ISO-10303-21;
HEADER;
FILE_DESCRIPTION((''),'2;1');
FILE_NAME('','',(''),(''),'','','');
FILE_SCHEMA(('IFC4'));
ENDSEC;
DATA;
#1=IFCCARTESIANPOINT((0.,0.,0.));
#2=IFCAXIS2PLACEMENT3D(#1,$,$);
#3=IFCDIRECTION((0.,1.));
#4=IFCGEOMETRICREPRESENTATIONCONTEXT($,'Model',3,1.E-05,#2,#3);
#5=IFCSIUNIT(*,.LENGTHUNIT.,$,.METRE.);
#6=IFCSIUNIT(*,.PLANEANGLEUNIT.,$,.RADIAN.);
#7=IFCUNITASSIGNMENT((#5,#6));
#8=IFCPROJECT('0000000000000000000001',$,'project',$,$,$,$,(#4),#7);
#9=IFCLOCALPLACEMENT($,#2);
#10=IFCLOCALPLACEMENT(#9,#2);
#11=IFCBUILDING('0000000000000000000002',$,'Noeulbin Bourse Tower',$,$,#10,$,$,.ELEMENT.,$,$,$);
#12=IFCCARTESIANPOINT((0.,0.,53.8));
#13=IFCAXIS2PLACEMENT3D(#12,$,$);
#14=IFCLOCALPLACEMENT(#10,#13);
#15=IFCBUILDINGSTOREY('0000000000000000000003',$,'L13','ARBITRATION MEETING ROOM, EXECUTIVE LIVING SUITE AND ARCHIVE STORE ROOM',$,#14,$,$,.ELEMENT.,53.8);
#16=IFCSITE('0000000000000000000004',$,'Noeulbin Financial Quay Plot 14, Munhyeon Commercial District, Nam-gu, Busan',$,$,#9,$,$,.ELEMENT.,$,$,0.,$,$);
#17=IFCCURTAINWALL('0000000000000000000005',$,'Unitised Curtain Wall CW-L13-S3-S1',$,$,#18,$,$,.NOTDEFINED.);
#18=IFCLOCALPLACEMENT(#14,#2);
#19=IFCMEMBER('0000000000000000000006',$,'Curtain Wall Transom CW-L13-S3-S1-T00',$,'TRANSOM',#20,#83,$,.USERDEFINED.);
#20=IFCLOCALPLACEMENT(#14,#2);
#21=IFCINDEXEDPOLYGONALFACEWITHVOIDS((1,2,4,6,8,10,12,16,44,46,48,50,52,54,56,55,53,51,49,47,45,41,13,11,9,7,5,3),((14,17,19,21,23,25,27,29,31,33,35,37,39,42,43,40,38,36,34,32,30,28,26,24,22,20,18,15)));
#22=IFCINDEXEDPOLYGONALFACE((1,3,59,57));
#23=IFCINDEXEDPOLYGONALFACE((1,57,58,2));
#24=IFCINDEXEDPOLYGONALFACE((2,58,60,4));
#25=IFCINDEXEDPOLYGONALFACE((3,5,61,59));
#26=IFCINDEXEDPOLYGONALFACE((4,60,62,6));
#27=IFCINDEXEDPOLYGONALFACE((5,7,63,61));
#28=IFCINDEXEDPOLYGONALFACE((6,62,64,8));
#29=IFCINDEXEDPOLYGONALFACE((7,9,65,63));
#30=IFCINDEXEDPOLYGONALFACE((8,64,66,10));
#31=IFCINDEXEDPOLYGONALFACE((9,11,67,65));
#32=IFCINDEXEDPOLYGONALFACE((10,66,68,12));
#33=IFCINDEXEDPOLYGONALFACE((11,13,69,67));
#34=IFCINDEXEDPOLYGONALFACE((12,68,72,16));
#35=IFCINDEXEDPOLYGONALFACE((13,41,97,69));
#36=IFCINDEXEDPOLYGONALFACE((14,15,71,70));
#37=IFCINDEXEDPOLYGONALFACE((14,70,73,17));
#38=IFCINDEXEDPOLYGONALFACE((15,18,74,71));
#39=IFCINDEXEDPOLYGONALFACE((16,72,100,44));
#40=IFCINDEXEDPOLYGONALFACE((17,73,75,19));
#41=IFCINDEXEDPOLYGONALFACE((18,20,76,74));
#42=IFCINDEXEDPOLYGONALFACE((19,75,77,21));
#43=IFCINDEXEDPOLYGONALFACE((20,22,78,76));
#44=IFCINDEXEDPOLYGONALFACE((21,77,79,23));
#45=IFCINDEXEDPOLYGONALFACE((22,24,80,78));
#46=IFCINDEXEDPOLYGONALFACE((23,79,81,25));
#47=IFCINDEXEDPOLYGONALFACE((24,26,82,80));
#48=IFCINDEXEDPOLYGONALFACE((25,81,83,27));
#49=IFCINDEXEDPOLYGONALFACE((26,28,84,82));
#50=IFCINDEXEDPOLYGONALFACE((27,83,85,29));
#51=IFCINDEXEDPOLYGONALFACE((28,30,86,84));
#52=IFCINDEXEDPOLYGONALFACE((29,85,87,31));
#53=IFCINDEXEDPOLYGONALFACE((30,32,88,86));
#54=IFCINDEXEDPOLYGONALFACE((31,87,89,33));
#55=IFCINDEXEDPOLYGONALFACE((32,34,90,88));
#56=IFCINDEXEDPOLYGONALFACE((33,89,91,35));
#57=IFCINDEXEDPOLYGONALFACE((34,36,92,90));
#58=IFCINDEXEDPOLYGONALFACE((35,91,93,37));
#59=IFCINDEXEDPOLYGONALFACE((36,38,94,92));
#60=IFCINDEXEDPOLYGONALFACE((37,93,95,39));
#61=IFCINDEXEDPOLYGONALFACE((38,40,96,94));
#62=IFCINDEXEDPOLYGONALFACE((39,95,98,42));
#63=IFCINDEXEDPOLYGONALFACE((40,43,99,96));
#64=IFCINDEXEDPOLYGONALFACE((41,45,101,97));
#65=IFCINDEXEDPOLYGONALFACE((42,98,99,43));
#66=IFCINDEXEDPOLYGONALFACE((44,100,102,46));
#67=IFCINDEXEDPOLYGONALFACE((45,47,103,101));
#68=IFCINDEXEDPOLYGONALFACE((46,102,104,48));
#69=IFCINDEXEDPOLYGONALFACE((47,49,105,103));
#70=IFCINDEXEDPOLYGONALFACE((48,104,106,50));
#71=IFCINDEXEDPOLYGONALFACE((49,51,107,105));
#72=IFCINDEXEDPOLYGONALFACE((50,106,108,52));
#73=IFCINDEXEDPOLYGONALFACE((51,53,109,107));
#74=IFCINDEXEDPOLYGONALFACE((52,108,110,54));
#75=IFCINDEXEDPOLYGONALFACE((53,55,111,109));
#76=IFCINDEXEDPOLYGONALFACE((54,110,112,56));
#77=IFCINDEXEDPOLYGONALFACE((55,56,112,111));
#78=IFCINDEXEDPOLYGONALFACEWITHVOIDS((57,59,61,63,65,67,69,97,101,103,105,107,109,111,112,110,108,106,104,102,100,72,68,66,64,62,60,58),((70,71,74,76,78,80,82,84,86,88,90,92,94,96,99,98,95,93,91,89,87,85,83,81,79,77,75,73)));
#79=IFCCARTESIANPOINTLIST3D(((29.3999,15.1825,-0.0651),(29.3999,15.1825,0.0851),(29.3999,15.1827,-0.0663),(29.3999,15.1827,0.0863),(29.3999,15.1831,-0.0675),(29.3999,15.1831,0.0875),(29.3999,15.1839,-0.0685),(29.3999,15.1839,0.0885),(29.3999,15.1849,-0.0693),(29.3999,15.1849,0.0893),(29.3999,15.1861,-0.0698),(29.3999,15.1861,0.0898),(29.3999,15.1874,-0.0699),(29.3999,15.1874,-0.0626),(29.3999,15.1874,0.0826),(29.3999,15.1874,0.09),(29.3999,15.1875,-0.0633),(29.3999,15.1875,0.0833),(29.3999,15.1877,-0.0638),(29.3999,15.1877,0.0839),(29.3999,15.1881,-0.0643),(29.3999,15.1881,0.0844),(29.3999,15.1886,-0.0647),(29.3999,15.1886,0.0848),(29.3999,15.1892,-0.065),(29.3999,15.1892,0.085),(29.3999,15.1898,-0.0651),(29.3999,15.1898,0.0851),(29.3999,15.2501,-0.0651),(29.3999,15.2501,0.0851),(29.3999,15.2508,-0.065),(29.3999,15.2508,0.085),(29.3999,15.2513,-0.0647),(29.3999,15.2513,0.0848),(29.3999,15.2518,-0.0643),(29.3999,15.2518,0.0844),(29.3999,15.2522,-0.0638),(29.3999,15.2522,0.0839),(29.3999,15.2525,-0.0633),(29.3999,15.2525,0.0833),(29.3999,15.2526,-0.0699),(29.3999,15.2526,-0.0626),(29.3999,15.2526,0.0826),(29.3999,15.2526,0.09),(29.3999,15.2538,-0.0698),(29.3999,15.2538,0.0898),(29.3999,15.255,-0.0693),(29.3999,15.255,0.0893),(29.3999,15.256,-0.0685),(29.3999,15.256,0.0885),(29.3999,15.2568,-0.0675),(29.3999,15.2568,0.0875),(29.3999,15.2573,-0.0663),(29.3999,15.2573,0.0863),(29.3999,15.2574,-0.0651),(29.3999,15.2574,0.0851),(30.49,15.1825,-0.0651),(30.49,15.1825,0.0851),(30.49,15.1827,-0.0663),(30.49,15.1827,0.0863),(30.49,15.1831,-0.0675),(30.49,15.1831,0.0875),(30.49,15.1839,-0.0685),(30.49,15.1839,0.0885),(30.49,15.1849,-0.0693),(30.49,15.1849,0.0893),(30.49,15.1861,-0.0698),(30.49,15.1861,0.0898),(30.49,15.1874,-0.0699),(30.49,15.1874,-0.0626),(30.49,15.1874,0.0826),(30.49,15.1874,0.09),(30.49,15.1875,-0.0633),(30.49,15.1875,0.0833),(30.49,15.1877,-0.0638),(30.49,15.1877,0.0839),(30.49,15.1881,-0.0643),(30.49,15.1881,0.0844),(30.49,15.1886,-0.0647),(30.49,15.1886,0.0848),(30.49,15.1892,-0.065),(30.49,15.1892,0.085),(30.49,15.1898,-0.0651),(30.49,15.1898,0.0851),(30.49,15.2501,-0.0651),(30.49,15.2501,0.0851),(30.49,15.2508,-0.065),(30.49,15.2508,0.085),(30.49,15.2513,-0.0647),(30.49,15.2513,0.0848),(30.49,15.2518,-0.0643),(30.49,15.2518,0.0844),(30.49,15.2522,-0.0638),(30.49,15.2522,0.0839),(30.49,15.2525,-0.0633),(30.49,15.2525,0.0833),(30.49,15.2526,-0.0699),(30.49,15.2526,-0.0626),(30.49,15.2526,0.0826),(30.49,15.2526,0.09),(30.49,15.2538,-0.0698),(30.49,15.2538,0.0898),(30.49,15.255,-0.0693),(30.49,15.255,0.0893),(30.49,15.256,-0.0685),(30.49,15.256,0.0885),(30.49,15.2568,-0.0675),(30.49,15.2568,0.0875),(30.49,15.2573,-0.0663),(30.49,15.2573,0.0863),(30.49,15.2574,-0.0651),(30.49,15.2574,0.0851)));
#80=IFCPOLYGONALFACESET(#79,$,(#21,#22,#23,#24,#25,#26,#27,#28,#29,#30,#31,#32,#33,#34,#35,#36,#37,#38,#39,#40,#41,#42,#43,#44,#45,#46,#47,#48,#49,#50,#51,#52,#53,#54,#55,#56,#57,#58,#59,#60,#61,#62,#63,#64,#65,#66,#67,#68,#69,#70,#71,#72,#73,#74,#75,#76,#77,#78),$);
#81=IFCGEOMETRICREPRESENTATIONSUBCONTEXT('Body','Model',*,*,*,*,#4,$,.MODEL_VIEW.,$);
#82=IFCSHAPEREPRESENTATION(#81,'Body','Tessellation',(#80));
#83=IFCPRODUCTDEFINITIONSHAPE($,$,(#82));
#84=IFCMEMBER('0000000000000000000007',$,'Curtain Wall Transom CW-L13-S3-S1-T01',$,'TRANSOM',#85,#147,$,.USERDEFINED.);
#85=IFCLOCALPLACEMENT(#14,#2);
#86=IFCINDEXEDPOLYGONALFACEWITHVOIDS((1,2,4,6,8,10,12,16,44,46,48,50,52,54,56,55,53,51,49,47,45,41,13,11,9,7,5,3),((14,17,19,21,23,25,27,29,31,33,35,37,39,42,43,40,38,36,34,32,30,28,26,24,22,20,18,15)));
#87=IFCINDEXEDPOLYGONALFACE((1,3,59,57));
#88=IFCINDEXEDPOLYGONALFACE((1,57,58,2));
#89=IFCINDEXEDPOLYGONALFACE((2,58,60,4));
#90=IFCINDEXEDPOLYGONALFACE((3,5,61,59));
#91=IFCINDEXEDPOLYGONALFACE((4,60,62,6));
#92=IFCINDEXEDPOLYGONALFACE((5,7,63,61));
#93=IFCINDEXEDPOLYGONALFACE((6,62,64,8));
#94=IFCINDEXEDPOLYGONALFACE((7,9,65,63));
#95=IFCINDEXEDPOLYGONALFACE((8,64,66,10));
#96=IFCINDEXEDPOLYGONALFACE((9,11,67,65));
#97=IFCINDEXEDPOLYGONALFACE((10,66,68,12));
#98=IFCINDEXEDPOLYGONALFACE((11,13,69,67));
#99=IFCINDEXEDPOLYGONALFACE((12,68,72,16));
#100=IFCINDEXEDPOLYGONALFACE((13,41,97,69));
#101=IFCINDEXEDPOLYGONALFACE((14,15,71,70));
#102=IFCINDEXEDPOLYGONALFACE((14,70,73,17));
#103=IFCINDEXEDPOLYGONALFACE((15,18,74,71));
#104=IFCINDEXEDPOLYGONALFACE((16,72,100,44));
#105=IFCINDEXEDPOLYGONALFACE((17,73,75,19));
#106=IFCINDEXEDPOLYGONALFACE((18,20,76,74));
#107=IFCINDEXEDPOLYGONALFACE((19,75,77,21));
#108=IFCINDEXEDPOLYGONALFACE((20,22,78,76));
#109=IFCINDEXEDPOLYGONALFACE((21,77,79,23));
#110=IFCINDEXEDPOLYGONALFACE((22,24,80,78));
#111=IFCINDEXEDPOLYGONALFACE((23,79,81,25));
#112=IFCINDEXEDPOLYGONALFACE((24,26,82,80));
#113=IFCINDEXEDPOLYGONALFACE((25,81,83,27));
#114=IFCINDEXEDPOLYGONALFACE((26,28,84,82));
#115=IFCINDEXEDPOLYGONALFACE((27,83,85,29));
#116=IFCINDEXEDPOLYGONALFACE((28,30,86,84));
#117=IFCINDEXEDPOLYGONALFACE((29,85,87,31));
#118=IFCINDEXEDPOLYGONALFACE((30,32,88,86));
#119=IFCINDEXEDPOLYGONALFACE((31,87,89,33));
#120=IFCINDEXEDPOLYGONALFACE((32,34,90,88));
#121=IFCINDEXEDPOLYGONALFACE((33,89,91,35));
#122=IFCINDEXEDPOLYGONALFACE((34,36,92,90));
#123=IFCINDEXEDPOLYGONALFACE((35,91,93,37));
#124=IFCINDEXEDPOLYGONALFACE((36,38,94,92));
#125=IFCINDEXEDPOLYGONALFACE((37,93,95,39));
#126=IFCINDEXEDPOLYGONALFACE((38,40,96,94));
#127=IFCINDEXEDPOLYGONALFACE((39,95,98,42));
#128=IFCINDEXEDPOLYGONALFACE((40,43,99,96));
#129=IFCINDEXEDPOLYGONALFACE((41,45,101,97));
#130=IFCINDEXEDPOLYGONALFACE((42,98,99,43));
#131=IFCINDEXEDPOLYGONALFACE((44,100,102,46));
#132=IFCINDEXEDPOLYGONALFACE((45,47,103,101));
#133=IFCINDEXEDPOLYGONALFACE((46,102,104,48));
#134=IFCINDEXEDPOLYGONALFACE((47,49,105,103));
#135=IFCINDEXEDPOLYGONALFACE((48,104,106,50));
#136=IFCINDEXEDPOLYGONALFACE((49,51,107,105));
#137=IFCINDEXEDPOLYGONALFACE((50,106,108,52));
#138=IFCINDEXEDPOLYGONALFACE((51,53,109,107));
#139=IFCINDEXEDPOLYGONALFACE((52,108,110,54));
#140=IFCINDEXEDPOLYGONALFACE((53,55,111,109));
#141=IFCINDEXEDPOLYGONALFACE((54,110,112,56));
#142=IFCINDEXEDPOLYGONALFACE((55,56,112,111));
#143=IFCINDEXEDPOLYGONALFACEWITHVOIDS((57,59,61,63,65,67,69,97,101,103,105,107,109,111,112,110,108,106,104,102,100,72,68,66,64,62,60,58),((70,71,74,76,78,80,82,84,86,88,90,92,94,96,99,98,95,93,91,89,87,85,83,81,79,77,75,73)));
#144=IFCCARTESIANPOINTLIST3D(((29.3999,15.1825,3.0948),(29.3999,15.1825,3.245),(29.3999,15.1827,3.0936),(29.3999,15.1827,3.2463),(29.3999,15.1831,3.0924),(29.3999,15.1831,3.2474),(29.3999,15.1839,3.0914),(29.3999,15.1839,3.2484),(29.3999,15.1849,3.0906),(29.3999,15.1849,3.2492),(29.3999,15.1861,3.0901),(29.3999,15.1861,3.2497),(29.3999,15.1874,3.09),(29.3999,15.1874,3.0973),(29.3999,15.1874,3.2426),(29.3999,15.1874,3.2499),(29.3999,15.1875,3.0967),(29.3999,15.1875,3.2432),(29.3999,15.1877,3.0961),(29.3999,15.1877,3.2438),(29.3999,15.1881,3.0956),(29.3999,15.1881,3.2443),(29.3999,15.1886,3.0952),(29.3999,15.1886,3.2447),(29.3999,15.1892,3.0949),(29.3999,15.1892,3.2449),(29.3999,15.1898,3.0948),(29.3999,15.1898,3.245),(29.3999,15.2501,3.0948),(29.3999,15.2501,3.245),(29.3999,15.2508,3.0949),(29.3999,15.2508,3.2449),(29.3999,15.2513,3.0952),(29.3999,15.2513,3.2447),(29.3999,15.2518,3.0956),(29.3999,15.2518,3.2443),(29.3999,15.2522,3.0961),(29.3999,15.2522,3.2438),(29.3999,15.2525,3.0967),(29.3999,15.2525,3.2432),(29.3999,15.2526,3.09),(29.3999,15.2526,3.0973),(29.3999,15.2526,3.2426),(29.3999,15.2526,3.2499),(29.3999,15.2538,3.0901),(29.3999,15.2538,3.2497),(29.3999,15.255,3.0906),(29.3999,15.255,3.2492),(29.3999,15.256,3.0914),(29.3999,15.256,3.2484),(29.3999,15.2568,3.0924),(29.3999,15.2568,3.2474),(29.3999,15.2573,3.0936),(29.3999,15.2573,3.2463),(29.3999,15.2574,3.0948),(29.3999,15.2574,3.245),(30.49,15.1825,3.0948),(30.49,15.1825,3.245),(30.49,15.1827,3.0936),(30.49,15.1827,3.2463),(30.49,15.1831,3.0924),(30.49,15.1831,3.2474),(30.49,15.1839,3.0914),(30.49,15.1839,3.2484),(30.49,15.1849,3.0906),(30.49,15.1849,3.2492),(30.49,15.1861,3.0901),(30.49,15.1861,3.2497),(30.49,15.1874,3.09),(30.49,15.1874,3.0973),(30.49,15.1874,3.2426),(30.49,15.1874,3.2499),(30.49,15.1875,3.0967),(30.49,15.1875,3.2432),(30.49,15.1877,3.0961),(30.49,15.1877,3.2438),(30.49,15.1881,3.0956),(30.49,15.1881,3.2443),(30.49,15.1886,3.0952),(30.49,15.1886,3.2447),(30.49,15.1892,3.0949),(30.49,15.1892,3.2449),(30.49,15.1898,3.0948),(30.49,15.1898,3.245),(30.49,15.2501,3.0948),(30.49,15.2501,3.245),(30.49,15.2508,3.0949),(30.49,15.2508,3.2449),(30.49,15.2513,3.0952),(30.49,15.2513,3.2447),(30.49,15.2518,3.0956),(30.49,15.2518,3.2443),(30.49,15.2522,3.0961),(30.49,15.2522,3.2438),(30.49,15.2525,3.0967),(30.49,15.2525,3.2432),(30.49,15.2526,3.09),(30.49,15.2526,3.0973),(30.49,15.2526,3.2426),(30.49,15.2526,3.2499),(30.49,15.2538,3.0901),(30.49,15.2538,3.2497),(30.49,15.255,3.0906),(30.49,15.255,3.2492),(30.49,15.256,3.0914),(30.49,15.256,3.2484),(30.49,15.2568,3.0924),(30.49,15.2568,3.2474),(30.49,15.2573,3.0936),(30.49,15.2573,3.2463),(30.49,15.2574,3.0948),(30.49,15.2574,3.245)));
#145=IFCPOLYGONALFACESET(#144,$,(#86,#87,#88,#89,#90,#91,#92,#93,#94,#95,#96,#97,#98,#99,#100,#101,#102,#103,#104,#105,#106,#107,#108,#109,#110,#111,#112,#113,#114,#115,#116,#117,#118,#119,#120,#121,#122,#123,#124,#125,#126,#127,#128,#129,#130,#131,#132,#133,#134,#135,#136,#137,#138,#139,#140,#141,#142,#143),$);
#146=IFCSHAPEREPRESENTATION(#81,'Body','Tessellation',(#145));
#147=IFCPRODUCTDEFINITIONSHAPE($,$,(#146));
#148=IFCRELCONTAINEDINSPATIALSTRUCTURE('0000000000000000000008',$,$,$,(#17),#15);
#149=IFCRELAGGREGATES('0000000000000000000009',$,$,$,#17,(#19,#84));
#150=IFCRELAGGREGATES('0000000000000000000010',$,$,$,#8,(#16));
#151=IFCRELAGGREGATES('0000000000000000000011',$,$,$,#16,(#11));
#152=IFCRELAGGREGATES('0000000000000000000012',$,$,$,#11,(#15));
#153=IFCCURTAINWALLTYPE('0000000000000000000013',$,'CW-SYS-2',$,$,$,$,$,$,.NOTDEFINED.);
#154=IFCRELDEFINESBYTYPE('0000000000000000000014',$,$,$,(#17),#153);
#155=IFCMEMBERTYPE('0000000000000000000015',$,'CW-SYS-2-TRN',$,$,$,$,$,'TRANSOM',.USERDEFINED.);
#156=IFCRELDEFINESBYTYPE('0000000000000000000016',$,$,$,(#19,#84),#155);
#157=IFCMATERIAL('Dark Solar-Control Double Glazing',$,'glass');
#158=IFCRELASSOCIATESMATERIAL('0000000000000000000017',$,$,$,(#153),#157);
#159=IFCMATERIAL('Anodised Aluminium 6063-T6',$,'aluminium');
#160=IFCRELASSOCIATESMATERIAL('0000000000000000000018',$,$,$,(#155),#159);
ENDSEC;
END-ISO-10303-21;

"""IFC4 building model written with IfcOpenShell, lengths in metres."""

from ifc_helpers import new_model, si_unit, direction, frame, origin, origin_2d, place, context, subcontext, project, spatial, hollow_rectangle, extrude, material, material_profile, profile_set, type_object, element, aggregate, save


model = new_model("IFC4")

# Units and contexts
model_context = context("Model", 3, precision=1e-05, world=origin(), true_north=direction((0.0, 1.0)))
body_context = subcontext(model_context, "Body", "Model", "MODEL_VIEW")
ifc_project = project(units=[si_unit("LENGTHUNIT", "METRE"), si_unit("PLANEANGLEUNIT", "RADIAN")], contexts=[model_context])

# Site, building, storey
site_placement = place(None, origin())
site = spatial("IfcSite", under=ifc_project, at=site_placement, Name="Noeulbin Financial Quay Plot 14, Munhyeon Commercial District, Nam-gu, Busan", CompositionType="ELEMENT", RefElevation=0.0)
building_placement = place(site_placement, origin())
building = spatial("IfcBuilding", under=site, at=building_placement, Name="Noeulbin Bourse Tower", CompositionType="ELEMENT")
storey_placement = place(building_placement, frame((0.0, 0.0, 53.8)))
storey = spatial("IfcBuildingStorey", under=building, at=storey_placement, Name="L13", Description="ARBITRATION MEETING ROOM, EXECUTIVE LIVING SUITE AND ARCHIVE STORE ROOM", CompositionType="ELEMENT", Elevation=53.8)

# Curtain wall
ifc_material_1 = material(Name="Dark Solar-Control Double Glazing", Category="glass")
curtain_wall_type = type_object("IfcCurtainWallType", Name="CW-SYS-2", PredefinedType="NOTDEFINED", material=ifc_material_1)
curtain_wall_1_placement = place(storey_placement, origin())
curtain_wall_1 = element("IfcCurtainWall", 1, at=curtain_wall_1_placement, inside=storey, type_object=curtain_wall_type, Name="Unitised Curtain Wall CW-L13-S3-S1", PredefinedType="NOTDEFINED")
ifc_material_2 = material(Name="Anodised Aluminium 6063-T6", Category="aluminium")

# Members
ifc_material_profile_1 = material_profile(ifc_material_2, hollow_rectangle(XDim=0.075, YDim=0.1599, WallThickness=0.0049, InnerFilletRadius=0.0024, OuterFilletRadius=0.0049, at=origin_2d()), Name="ALU-TRAN-75x160x5", Category="LoadBearing")
ifc_profile_set_1 = profile_set([ifc_material_profile_1], Name="Anodised Aluminium 6063-T6")
member_type_1 = type_object("IfcMemberType", Name="CW-SYS-2-TRN", ElementType="TRANSOM", PredefinedType="USERDEFINED", material=ifc_profile_set_1)
member_1_placement = place(storey_placement, frame((29.3999, 15.22, 0.01), z_axis=(1.0, 0.0, 0.0), x_axis=(0.0, 1.0, 0.0)))
member_1 = element("IfcMember", 2, at=member_1_placement, type_object=member_type_1, Name="Curtain Wall Transom CW-L13-S3-S1-T00", ObjectType="TRANSOM", PredefinedType="USERDEFINED", context=body_context, shape_type="SweptSolid", body=[
    extrude(hollow_rectangle(XDim=0.075, YDim=0.1599, WallThickness=0.0049, InnerFilletRadius=0.0024, OuterFilletRadius=0.0049, at=origin_2d()), origin(), (0.0, 0.0, 1.0), 1.0901),
])
member_2_placement = place(storey_placement, frame((29.3999, 15.22, 3.1699), z_axis=(1.0, 0.0, 0.0), x_axis=(0.0, 1.0, 0.0)))
member_2 = element("IfcMember", 3, at=member_2_placement, type_object=member_type_1, Name="Curtain Wall Transom CW-L13-S3-S1-T01", ObjectType="TRANSOM", PredefinedType="USERDEFINED", context=body_context, shape_type="SweptSolid", body=[
    extrude(hollow_rectangle(XDim=0.075, YDim=0.1599, WallThickness=0.0049, InnerFilletRadius=0.0024, OuterFilletRadius=0.0049, at=origin_2d()), origin(), (0.0, 0.0, 1.0), 1.0901),
])

aggregate(curtain_wall_1, [member_1, member_2])

save(model, "model.ifc")
